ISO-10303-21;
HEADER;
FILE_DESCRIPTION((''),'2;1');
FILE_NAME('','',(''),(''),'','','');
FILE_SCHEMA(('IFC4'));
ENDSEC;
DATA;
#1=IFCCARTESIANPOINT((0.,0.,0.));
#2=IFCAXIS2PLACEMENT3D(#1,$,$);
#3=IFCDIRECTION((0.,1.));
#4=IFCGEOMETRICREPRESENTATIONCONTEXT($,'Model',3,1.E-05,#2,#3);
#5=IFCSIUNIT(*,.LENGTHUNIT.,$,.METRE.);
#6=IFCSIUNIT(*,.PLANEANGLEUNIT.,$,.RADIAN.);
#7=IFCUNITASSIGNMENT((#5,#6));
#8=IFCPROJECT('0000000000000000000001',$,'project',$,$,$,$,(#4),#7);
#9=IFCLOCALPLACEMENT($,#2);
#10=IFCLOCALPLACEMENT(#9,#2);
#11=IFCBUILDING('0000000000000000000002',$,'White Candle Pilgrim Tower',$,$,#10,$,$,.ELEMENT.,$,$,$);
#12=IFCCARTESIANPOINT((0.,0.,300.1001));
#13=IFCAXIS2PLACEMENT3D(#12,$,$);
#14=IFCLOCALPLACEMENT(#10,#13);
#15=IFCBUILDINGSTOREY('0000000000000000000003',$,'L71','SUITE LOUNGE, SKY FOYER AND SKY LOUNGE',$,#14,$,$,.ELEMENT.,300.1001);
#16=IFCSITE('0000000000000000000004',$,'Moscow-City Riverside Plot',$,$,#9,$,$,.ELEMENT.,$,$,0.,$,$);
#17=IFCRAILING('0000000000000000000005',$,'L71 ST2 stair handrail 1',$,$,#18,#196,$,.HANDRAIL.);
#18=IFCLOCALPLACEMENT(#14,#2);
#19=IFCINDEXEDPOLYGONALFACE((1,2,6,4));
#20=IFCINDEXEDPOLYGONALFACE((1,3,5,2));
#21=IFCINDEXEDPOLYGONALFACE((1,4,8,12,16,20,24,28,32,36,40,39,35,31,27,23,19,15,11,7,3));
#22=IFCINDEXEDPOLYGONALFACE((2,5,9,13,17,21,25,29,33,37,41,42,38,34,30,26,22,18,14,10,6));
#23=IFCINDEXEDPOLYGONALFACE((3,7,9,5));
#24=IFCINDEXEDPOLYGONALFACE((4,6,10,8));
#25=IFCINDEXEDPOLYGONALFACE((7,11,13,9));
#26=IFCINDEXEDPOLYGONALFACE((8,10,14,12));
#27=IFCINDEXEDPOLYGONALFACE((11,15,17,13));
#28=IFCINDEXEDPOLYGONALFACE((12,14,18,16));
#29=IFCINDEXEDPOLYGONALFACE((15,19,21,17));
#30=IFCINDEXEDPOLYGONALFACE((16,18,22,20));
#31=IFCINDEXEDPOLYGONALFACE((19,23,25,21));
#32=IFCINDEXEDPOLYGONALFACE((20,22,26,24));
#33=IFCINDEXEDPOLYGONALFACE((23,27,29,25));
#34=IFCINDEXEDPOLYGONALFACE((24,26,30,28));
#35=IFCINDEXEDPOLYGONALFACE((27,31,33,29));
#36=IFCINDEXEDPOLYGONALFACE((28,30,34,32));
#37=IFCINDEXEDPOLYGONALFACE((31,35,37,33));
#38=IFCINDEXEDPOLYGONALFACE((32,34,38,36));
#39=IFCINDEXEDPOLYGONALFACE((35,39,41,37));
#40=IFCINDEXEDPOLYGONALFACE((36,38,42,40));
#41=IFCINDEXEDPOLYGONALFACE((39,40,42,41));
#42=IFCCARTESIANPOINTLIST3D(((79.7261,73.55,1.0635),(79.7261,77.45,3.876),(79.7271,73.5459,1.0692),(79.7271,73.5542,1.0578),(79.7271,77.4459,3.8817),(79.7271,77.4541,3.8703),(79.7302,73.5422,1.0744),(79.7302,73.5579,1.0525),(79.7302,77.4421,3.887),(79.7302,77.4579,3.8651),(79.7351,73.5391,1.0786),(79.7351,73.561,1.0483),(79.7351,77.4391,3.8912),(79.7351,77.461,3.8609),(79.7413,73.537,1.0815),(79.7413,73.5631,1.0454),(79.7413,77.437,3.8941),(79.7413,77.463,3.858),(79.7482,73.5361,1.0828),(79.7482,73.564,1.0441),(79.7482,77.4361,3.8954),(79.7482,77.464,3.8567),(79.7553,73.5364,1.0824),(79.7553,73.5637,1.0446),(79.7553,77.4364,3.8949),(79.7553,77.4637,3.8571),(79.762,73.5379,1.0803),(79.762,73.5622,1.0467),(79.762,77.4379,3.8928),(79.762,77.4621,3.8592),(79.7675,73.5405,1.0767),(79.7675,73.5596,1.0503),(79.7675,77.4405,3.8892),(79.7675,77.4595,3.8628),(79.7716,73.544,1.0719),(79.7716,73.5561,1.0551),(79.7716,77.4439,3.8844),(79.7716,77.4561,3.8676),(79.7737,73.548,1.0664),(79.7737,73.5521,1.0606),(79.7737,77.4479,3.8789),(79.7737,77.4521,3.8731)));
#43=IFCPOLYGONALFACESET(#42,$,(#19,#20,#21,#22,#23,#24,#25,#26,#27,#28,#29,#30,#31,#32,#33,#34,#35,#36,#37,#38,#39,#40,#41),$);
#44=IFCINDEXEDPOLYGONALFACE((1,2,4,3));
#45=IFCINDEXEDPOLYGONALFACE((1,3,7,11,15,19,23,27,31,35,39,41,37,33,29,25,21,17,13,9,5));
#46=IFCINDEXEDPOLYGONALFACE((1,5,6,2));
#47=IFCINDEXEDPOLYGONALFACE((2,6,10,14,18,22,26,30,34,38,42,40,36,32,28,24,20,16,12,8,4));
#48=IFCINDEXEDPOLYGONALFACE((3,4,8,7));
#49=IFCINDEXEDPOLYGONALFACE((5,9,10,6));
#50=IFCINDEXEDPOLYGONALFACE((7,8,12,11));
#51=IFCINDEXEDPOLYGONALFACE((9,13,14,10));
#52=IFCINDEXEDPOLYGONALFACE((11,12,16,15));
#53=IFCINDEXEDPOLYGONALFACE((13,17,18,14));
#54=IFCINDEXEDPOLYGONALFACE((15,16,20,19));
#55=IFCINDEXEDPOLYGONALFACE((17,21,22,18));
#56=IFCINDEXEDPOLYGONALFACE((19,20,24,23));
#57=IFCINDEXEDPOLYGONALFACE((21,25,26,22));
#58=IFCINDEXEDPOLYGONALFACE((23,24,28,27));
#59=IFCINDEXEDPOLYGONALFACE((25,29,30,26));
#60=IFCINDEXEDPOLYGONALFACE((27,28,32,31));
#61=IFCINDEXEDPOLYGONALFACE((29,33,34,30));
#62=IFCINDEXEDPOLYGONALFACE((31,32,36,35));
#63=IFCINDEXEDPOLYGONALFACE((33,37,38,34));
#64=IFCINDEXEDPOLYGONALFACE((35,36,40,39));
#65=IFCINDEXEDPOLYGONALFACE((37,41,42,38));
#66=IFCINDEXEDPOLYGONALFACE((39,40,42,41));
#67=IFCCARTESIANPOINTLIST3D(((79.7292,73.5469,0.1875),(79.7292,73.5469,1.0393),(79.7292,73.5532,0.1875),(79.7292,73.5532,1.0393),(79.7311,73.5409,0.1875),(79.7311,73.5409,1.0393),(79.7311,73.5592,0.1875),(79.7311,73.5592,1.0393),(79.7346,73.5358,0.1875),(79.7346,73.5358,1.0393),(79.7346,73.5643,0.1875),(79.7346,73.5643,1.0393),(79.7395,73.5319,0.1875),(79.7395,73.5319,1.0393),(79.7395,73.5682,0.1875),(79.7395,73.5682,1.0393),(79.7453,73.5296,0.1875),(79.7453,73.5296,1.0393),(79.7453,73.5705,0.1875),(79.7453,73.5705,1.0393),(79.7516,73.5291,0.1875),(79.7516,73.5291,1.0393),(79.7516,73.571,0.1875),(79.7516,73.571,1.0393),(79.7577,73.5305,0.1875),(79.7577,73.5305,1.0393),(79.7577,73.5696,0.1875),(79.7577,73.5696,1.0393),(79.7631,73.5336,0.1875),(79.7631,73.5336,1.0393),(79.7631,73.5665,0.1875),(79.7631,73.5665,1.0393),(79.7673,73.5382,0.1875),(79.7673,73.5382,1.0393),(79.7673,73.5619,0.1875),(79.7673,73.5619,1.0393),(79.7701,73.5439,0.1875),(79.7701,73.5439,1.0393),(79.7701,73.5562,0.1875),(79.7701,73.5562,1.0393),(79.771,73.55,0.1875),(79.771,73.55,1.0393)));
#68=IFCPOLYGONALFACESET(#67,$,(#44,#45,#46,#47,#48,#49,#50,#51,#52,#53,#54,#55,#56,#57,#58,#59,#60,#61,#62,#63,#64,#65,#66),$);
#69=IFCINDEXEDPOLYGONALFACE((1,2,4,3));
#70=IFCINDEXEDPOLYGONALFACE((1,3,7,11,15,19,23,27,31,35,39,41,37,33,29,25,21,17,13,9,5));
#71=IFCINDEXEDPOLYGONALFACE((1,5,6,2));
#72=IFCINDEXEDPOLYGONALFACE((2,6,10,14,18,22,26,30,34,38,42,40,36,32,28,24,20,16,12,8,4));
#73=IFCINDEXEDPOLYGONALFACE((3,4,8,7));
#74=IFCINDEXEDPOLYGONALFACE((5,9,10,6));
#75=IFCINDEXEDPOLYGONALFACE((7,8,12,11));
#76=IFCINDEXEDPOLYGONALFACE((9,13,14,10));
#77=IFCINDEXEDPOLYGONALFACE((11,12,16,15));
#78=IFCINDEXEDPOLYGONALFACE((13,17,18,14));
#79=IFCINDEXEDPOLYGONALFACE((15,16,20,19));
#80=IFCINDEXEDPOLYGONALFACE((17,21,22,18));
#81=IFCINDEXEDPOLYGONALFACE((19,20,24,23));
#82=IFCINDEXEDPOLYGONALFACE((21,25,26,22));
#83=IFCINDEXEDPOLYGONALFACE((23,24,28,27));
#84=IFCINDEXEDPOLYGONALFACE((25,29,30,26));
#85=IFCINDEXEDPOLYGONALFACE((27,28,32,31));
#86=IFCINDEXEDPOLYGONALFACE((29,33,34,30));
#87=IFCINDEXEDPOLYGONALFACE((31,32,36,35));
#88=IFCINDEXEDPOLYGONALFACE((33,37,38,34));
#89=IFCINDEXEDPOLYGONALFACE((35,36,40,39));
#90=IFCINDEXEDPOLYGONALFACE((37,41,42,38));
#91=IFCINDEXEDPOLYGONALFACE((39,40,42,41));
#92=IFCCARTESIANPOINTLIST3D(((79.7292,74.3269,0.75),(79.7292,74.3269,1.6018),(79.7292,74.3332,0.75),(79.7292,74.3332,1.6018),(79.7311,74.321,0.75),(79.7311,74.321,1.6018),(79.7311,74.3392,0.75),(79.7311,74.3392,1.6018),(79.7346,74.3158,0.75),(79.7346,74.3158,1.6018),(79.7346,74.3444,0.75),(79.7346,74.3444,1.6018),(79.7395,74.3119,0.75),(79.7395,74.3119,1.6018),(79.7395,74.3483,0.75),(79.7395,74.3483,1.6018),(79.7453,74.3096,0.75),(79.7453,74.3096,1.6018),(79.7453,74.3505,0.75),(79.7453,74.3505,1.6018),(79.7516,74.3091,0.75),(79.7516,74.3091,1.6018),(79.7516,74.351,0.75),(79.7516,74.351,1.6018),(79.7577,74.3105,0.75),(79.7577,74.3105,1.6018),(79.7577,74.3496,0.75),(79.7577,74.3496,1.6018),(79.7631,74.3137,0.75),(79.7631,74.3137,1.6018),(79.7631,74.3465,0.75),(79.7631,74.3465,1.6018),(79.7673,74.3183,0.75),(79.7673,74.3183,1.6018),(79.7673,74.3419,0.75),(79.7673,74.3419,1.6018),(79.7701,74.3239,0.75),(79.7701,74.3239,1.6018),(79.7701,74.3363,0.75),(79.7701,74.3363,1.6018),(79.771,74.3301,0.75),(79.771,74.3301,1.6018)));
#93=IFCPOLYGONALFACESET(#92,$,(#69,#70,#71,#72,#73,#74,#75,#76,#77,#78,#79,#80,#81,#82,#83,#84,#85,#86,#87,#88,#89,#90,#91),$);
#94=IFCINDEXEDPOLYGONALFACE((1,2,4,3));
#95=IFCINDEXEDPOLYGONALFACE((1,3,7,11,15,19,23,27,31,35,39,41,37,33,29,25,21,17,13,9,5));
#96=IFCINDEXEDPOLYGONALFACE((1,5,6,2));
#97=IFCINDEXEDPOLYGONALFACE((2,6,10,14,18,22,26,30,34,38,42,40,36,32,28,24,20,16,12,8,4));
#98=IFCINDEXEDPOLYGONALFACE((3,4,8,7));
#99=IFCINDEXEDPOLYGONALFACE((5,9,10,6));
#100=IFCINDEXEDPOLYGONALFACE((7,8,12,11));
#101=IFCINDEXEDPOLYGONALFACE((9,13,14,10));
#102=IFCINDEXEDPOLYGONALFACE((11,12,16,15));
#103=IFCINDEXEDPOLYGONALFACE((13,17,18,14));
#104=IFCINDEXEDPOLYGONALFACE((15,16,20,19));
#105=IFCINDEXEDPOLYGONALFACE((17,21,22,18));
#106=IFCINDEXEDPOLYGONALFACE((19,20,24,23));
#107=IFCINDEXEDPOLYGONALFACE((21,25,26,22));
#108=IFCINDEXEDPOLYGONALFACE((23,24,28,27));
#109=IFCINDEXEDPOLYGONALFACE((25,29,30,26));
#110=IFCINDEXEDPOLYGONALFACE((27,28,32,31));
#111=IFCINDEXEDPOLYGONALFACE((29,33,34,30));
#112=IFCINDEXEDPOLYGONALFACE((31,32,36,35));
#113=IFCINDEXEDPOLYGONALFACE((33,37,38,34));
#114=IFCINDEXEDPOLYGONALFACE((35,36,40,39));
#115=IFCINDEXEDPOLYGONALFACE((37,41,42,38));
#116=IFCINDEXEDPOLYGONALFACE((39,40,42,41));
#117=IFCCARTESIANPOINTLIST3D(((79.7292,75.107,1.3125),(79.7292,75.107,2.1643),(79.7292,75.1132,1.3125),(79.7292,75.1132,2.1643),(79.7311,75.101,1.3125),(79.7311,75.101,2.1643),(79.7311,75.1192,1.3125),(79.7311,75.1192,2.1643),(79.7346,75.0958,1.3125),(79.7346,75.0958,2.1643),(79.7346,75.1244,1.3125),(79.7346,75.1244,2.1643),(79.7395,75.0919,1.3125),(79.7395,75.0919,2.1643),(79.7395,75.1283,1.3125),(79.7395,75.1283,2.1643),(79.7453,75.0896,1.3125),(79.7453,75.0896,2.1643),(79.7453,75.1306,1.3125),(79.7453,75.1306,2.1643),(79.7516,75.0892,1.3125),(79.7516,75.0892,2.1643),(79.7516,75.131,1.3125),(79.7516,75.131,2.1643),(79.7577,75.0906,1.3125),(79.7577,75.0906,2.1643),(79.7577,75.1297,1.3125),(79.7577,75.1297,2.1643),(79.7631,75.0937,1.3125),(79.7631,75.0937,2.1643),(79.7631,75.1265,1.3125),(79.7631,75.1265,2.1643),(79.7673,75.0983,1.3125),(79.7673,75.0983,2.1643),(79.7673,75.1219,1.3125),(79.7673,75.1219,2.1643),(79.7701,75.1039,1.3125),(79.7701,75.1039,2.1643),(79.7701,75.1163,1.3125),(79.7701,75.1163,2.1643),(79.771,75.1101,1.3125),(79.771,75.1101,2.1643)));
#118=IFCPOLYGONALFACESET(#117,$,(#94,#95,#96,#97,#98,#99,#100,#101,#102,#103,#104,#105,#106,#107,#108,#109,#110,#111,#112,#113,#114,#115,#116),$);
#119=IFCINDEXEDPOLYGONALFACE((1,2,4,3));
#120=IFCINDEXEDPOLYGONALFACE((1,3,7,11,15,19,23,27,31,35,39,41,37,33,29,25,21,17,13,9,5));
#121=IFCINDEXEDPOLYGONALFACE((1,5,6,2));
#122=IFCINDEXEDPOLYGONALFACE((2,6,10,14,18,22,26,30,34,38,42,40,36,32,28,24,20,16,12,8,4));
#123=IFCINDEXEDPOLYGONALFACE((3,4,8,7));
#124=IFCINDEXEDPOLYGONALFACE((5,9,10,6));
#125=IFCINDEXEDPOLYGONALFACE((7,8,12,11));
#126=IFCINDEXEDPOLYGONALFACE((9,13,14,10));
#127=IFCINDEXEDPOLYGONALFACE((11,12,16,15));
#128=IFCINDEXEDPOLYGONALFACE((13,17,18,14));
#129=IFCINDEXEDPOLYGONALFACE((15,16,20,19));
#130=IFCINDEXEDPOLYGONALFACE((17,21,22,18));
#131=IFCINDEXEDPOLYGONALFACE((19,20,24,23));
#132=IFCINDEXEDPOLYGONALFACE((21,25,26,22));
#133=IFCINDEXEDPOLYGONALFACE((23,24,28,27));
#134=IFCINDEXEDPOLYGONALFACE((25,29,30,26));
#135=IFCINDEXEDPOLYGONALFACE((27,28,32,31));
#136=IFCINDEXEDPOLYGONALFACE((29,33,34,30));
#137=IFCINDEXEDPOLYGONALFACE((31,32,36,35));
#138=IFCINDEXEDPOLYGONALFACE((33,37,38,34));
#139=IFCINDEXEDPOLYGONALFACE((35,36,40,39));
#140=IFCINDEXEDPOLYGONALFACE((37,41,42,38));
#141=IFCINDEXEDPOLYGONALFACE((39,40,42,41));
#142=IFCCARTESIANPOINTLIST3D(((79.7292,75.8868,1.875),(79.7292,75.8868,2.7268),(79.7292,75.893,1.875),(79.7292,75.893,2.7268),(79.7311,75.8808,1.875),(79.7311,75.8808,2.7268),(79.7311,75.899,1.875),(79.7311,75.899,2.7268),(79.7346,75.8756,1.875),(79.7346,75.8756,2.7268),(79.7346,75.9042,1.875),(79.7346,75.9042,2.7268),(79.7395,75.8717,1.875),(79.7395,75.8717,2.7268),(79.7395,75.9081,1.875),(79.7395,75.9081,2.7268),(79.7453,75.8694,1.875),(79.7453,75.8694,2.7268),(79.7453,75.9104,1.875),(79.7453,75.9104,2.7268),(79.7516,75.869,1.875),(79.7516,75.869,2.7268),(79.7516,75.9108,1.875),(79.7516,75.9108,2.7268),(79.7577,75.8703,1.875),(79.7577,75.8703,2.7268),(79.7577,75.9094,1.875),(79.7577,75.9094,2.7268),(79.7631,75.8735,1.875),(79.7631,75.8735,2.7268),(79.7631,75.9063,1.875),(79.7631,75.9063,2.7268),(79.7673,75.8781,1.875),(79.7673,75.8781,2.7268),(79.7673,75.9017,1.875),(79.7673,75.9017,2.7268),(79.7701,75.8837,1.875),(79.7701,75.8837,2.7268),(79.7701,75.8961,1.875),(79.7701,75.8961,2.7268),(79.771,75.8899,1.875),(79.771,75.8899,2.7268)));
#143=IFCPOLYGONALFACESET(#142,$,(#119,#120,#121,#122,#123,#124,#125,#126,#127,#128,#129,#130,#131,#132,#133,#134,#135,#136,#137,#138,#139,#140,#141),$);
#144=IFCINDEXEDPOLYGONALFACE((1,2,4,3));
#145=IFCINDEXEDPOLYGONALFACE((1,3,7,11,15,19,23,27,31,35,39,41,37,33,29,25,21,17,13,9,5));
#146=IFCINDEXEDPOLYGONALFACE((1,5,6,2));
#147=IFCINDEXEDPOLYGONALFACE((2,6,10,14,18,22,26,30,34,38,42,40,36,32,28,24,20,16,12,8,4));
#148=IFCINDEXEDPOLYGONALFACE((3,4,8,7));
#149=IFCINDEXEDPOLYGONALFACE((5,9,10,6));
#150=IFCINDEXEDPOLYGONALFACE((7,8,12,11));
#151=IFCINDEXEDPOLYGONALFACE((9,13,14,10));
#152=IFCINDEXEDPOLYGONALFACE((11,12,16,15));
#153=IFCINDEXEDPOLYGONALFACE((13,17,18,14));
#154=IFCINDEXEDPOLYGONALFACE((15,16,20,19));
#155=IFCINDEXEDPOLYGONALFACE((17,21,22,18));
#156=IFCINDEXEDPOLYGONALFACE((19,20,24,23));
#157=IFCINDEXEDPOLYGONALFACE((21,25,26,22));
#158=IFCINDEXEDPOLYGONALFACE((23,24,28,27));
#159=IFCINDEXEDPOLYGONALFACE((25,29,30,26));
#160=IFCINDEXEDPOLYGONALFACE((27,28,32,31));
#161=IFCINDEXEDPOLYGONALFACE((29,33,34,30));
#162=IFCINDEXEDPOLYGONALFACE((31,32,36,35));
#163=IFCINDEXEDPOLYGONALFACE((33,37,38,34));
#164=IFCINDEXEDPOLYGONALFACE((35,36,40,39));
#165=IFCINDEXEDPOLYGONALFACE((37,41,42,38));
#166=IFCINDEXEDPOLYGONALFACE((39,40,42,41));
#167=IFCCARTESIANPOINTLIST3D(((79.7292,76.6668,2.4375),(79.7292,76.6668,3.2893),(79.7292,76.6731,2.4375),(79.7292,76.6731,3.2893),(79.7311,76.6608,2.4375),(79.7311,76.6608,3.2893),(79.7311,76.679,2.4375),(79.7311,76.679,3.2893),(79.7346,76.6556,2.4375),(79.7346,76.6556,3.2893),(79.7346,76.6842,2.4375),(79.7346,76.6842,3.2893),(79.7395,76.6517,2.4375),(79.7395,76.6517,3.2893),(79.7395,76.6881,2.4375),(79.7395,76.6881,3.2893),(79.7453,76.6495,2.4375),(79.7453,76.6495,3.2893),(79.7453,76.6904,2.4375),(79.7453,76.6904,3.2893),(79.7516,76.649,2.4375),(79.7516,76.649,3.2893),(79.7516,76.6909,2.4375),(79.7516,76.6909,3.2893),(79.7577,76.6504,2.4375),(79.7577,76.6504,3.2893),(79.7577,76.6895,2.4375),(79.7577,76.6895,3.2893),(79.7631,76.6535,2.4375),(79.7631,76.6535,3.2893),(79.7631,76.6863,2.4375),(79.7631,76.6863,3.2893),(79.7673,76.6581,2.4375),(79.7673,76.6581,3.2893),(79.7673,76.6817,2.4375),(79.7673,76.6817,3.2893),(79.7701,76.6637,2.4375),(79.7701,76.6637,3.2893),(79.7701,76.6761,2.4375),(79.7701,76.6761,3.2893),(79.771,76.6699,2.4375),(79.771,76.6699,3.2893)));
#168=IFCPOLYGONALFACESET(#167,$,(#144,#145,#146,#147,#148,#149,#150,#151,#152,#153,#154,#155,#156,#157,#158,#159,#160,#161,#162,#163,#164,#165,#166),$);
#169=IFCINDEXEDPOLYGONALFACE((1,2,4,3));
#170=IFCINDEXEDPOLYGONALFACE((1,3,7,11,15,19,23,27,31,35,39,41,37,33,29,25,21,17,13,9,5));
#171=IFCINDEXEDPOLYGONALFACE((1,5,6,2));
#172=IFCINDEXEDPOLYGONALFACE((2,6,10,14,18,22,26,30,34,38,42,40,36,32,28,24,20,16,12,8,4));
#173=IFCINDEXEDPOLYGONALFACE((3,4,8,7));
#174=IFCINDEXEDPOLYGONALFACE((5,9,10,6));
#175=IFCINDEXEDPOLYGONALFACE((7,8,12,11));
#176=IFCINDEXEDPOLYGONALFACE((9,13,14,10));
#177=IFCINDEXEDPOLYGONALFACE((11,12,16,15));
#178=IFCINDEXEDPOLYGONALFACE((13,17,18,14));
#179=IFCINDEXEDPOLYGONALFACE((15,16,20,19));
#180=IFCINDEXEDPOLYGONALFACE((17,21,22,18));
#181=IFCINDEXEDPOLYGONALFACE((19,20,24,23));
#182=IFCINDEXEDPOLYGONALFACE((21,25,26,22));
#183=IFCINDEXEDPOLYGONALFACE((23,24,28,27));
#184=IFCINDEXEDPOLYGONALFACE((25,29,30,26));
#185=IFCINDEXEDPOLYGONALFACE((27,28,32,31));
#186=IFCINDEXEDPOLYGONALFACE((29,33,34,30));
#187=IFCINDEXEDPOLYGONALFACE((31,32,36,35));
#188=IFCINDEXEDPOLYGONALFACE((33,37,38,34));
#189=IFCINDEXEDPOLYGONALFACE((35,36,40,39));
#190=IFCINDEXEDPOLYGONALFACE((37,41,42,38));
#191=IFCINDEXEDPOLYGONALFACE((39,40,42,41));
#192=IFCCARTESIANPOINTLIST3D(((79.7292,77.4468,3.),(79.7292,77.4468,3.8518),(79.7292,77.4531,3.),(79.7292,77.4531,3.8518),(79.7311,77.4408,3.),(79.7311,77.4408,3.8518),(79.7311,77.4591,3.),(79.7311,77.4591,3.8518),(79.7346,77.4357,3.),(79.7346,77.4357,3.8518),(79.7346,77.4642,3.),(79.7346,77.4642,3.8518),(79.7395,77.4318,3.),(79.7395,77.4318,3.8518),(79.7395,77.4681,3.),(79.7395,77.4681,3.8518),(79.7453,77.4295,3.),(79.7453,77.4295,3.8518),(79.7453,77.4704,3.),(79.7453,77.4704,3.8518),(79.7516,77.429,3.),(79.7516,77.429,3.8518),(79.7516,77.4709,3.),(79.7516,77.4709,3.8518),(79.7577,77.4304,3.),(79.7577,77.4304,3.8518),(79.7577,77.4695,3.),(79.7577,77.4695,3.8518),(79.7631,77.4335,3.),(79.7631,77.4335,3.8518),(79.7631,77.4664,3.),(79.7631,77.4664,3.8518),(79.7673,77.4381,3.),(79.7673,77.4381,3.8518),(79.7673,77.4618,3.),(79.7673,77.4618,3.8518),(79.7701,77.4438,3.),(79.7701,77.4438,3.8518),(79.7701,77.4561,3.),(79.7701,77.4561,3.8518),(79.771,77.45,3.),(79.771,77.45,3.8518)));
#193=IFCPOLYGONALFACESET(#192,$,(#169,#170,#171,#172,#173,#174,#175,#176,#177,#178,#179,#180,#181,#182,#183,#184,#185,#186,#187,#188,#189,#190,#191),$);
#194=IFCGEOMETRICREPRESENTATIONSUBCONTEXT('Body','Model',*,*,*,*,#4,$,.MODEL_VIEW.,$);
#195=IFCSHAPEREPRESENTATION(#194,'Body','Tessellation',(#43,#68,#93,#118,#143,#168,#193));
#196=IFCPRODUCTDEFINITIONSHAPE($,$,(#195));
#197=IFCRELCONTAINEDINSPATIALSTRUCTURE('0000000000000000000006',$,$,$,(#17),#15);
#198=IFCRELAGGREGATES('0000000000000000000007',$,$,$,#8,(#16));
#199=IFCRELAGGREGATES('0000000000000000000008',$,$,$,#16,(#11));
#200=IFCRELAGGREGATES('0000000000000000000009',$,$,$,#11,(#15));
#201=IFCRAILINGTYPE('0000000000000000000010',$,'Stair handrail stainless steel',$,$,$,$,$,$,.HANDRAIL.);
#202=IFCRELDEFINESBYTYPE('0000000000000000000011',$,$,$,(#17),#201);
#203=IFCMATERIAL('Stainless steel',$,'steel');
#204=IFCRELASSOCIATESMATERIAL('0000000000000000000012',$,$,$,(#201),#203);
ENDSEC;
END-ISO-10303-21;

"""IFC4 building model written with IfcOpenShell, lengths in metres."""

from ifc_helpers import new_model, si_unit, direction, frame, origin, origin_2d, place, context, subcontext, project, spatial, circle, extrude, material, type_object, element, save


model = new_model("IFC4")

# Units and contexts
model_context = context("Model", 3, precision=1e-05, world=origin(), true_north=direction((0.0, 1.0)))
body_context = subcontext(model_context, "Body", "Model", "MODEL_VIEW")
ifc_project = project(units=[si_unit("LENGTHUNIT", "METRE"), si_unit("PLANEANGLEUNIT", "RADIAN")], contexts=[model_context])

# Site, building, storey
site_placement = place(None, origin())
site = spatial("IfcSite", under=ifc_project, at=site_placement, Name="Moscow-City Riverside Plot", CompositionType="ELEMENT", RefElevation=0.0)
building_placement = place(site_placement, origin())
building = spatial("IfcBuilding", under=site, at=building_placement, Name="White Candle Pilgrim Tower", CompositionType="ELEMENT")
storey_placement = place(building_placement, frame((0.0, 0.0, 300.1001)))
storey = spatial("IfcBuildingStorey", under=building, at=storey_placement, Name="L71", Description="SUITE LOUNGE, SKY FOYER AND SKY LOUNGE", CompositionType="ELEMENT", Elevation=300.1001)

# Railing
ifc_material_1 = material(Name="Stainless steel", Category="steel")
railing_type_1 = type_object("IfcRailingType", Name="Stair handrail stainless steel", PredefinedType="HANDRAIL", material=ifc_material_1)
railing_1_placement = place(storey_placement, frame((79.75, 73.55, 0.1875)))
element("IfcRailing", 1, at=railing_1_placement, inside=storey, type_object=railing_type_1, Name="L71 ST2 stair handrail 1", PredefinedType="HANDRAIL", context=body_context, shape_type="SweptSolid", body=[
    extrude(circle(Radius=0.0239, at=origin_2d()), frame((0.0, 0.0, 0.876), z_axis=(0.0, 0.811083, 0.584931), x_axis=(-1.0, 0.0, 0.0)), (0.0, 0.0, 1.0), 4.8083),
    extrude(circle(Radius=0.021, at=origin_2d()), origin(), (0.0, 0.0, 1.0), 0.8518),
    extrude(circle(Radius=0.021, at=origin_2d()), frame((0.0, 0.78, 0.5625)), (0.0, 0.0, 1.0), 0.8518),
    extrude(circle(Radius=0.021, at=origin_2d()), frame((0.0, 1.5601, 1.125)), (0.0, 0.0, 1.0), 0.8518),
    extrude(circle(Radius=0.021, at=origin_2d()), frame((0.0, 2.3398, 1.6875)), (0.0, 0.0, 1.0), 0.8518),
    extrude(circle(Radius=0.021, at=origin_2d()), frame((0.0, 3.1199, 2.25)), (0.0, 0.0, 1.0), 0.8518),
    extrude(circle(Radius=0.021, at=origin_2d()), frame((0.0, 3.8999, 2.8125)), (0.0, 0.0, 1.0), 0.8518),
])

save(model, "model.ifc")
